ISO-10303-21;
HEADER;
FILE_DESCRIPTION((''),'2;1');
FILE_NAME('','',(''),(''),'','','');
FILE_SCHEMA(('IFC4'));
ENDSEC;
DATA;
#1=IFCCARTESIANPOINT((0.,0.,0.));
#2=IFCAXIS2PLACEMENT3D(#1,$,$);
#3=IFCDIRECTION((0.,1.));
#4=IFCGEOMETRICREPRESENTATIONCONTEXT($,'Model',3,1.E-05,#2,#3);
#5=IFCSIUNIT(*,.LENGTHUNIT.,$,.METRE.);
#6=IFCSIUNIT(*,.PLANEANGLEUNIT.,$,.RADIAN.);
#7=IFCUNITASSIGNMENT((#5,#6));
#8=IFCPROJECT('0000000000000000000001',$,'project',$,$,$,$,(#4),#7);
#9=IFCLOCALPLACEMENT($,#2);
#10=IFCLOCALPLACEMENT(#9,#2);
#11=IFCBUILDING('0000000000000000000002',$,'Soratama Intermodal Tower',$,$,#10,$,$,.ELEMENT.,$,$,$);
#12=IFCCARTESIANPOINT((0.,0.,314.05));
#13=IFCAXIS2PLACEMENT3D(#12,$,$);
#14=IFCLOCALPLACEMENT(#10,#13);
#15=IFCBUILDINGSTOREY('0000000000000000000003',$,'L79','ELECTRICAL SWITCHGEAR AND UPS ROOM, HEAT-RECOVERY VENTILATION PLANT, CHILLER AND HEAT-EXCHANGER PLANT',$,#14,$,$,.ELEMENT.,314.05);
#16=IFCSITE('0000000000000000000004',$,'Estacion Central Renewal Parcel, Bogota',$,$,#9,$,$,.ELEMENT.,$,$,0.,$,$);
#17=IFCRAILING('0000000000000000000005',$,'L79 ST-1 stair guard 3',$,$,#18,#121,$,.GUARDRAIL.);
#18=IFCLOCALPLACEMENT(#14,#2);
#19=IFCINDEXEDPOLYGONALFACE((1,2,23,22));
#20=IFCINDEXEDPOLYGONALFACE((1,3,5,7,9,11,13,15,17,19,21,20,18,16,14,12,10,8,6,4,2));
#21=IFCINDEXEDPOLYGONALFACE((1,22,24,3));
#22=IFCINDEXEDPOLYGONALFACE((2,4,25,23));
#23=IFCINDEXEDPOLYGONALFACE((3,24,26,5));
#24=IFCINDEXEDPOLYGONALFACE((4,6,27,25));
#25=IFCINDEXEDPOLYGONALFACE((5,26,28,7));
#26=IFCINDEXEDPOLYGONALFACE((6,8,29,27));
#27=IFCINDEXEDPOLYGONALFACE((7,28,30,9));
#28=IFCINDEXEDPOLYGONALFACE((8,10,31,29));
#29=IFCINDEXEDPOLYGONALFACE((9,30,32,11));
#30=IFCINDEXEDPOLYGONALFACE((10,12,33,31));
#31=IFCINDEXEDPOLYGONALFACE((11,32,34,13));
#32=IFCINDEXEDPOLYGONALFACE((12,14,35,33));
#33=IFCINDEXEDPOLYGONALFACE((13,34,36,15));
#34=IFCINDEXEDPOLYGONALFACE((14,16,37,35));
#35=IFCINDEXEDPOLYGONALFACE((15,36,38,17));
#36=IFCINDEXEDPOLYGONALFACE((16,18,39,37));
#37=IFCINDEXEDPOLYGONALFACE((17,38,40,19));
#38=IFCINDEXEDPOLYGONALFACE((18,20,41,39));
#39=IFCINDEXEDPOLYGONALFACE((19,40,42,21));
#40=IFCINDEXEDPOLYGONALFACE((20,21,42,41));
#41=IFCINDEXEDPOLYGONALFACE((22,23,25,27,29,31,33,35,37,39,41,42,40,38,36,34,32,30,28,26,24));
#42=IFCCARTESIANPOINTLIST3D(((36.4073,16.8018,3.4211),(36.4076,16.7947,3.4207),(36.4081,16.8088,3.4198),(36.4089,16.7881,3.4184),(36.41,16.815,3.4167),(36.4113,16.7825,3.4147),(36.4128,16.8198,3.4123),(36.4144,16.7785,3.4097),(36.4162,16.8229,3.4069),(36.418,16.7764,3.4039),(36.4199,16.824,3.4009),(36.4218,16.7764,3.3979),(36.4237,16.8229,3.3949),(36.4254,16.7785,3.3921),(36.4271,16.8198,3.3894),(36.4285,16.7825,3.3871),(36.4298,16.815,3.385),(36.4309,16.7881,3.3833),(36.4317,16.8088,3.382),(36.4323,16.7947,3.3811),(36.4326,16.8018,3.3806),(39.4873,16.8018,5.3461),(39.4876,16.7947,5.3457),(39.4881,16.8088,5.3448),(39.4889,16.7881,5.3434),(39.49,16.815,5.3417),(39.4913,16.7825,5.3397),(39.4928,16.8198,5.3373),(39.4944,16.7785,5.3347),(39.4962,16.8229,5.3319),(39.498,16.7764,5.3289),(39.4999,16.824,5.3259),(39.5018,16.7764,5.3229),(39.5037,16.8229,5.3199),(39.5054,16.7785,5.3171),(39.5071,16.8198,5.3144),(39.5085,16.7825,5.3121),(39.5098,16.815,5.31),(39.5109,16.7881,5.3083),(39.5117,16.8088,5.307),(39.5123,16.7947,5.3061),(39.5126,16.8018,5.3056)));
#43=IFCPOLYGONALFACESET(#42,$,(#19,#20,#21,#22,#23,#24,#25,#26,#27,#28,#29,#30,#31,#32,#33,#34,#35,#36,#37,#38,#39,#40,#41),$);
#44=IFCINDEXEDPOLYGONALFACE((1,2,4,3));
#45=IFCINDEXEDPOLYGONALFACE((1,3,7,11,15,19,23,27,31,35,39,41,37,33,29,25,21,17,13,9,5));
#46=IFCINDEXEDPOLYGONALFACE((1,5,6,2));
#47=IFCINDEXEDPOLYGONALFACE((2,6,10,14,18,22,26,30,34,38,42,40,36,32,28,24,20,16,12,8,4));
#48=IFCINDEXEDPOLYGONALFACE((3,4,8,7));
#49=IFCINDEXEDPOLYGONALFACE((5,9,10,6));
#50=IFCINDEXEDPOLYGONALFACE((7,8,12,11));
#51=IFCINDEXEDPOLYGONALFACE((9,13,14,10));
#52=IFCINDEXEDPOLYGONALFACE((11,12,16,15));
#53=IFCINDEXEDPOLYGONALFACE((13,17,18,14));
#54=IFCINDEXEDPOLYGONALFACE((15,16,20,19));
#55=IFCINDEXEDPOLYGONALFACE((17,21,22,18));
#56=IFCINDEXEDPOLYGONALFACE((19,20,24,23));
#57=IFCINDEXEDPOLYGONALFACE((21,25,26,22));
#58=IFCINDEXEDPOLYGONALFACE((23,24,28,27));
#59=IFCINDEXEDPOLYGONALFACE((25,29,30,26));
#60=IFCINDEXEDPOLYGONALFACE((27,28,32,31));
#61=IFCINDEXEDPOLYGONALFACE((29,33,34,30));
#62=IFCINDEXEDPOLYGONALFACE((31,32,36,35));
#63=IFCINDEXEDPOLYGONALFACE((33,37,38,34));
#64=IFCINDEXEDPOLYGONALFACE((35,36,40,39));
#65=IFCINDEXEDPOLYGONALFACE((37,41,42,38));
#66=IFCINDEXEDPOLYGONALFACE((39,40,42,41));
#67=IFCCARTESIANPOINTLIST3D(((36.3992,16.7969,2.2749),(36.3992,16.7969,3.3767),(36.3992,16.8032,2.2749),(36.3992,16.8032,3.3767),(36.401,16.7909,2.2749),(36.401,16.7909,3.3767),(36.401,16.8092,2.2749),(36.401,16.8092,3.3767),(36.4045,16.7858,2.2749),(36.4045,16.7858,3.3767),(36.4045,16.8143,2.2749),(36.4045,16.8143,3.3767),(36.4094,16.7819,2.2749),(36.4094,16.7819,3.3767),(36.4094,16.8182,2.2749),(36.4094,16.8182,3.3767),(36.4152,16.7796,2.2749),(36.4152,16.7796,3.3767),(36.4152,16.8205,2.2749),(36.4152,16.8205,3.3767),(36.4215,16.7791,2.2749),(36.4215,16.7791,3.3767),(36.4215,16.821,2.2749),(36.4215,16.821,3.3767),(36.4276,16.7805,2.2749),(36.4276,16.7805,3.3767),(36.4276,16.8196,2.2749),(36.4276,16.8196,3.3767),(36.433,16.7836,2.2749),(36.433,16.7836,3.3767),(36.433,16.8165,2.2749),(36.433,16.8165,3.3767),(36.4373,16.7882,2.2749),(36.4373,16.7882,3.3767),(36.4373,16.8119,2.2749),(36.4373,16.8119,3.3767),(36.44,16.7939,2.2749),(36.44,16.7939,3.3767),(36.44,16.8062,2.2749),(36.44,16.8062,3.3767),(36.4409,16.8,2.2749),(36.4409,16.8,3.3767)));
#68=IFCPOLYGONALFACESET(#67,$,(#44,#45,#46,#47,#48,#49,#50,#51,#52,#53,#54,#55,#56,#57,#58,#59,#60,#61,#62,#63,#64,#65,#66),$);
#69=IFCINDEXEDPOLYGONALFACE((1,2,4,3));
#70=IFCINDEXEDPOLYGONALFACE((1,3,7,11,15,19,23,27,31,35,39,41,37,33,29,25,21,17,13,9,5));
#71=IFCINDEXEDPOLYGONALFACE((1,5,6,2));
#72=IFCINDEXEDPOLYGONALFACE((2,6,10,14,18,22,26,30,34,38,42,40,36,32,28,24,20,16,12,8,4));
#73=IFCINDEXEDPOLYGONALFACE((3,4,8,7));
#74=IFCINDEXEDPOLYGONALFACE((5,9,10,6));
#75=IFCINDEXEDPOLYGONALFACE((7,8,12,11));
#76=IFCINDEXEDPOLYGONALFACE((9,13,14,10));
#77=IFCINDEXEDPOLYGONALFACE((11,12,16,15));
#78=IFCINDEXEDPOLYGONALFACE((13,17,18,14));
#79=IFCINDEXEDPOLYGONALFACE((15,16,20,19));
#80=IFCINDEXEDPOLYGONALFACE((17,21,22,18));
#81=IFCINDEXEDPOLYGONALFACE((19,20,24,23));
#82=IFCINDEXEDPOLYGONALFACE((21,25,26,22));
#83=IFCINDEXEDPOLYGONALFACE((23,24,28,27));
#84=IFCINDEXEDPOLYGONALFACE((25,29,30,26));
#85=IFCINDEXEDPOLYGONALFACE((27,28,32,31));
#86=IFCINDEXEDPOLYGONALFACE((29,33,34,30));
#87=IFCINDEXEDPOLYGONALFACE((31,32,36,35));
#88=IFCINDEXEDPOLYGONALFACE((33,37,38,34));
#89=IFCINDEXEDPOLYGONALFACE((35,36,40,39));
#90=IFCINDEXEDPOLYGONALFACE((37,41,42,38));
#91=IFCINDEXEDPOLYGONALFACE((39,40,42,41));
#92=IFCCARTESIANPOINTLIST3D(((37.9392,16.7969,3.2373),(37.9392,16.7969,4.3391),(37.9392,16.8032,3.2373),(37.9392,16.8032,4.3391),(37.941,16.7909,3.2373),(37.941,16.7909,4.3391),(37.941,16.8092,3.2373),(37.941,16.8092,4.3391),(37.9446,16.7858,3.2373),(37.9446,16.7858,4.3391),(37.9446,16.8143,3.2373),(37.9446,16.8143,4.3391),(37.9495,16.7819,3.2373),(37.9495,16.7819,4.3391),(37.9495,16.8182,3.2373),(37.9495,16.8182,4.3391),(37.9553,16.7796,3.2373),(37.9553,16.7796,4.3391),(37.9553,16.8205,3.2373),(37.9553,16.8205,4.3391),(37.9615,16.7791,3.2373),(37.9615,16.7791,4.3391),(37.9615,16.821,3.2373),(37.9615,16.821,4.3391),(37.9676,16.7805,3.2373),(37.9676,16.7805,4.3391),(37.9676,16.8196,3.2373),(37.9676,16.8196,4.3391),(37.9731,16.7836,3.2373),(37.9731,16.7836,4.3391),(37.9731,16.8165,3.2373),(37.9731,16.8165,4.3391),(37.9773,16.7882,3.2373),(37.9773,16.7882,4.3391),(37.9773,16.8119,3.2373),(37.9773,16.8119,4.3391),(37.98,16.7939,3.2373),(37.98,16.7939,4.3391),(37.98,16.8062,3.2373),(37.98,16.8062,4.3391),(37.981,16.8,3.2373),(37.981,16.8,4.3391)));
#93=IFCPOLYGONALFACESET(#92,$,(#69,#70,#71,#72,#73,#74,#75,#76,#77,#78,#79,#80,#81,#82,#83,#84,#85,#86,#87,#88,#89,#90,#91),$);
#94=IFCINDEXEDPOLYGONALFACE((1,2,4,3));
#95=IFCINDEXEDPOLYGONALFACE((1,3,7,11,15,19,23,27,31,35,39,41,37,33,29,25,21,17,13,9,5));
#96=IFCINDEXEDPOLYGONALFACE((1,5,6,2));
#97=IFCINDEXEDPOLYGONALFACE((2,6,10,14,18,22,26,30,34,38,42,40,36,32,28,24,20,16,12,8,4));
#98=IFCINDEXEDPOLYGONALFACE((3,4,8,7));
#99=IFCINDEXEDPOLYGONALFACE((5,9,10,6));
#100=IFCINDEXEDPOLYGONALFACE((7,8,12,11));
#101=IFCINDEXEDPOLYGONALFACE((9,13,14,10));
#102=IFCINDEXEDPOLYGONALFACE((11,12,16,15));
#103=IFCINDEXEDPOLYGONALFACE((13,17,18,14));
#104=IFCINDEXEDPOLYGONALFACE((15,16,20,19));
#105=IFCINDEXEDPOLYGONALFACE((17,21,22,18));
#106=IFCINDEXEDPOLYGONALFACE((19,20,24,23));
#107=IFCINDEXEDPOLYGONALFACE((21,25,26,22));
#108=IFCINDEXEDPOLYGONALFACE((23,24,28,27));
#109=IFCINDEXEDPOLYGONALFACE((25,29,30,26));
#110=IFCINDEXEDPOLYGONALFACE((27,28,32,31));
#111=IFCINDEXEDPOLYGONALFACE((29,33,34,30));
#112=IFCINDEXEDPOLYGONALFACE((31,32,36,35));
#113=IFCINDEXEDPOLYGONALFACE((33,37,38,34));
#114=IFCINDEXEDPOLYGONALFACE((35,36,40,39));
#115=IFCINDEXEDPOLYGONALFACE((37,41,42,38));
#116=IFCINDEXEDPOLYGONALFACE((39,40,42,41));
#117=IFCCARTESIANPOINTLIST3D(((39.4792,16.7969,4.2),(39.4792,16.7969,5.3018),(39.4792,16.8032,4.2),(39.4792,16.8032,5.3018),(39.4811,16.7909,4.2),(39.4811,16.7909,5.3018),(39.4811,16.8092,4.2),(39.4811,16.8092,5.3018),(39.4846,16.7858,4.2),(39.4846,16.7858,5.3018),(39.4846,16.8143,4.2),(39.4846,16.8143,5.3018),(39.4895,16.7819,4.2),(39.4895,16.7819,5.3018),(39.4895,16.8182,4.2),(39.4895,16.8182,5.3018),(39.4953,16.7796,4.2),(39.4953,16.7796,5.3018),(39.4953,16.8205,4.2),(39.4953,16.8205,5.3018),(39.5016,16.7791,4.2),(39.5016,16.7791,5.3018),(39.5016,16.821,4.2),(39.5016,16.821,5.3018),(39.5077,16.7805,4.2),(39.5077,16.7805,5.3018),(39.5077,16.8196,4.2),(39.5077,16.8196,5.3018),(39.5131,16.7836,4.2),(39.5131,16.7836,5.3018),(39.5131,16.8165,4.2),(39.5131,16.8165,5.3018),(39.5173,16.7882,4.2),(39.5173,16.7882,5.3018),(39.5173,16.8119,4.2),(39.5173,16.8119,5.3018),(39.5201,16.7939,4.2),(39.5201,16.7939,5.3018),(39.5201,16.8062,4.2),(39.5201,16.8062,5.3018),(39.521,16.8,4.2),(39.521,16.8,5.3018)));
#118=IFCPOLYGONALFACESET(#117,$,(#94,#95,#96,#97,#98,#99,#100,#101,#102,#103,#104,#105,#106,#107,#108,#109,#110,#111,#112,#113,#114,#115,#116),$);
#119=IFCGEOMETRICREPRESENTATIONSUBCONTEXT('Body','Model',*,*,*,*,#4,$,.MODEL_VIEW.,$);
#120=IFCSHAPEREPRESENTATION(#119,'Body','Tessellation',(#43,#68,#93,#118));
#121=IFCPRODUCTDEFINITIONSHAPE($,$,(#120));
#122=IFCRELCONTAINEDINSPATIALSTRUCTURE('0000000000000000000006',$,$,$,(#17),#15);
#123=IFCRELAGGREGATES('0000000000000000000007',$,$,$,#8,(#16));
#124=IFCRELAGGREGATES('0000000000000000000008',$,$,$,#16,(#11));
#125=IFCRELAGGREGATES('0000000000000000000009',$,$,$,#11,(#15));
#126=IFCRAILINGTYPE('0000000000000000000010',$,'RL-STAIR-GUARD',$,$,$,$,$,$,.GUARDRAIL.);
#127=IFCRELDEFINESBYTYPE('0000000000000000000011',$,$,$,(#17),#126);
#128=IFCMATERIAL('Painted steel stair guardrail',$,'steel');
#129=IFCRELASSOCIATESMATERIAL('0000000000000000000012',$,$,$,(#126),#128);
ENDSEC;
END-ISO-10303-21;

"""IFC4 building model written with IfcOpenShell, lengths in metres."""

from ifc_helpers import new_model, si_unit, direction, frame, origin, origin_2d, place, context, subcontext, project, spatial, circle, extrude, material, type_object, element, save


model = new_model("IFC4")

# Units and contexts
model_context = context("Model", 3, precision=1e-05, world=origin(), true_north=direction((0.0, 1.0)))
body_context = subcontext(model_context, "Body", "Model", "MODEL_VIEW")
ifc_project = project(units=[si_unit("LENGTHUNIT", "METRE"), si_unit("PLANEANGLEUNIT", "RADIAN")], contexts=[model_context])

# Site, building, storey
site_placement = place(None, origin())
site = spatial("IfcSite", under=ifc_project, at=site_placement, Name="Estacion Central Renewal Parcel, Bogota", CompositionType="ELEMENT", RefElevation=0.0)
building_placement = place(site_placement, origin())
building = spatial("IfcBuilding", under=site, at=building_placement, Name="Soratama Intermodal Tower", CompositionType="ELEMENT")
storey_placement = place(building_placement, frame((0.0, 0.0, 314.05)))
storey = spatial("IfcBuildingStorey", under=building, at=storey_placement, Name="L79", Description="ELECTRICAL SWITCHGEAR AND UPS ROOM, HEAT-RECOVERY VENTILATION PLANT, CHILLER AND HEAT-EXCHANGER PLANT", CompositionType="ELEMENT", Elevation=314.05)

# Railing
ifc_material_1 = material(Name="Painted steel stair guardrail", Category="steel")
railing_type_1 = type_object("IfcRailingType", Name="RL-STAIR-GUARD", PredefinedType="GUARDRAIL", material=ifc_material_1)
railing_1_placement = place(storey_placement, frame((36.4199, 16.8, 2.2749)))
element("IfcRailing", 1, at=railing_1_placement, inside=storey, type_object=railing_type_1, Name="L79 ST-1 stair guard 3", PredefinedType="GUARDRAIL", context=body_context, shape_type="SweptSolid", body=[
    extrude(circle(Radius=0.0239, at=origin_2d()), frame((0.0, 0.0, 1.126), z_axis=(0.847998, 0.0, 0.529999), x_axis=(0.0, 1.0, 0.0)), (0.0, 0.0, 1.0), 3.6321),
    extrude(circle(Radius=0.021, at=origin_2d()), origin(), (0.0, 0.0, 1.0), 1.1018),
    extrude(circle(Radius=0.021, at=origin_2d()), frame((1.54, 0.0, 0.9624)), (0.0, 0.0, 1.0), 1.1018),
    extrude(circle(Radius=0.021, at=origin_2d()), frame((3.0801, 0.0, 1.925)), (0.0, 0.0, 1.0), 1.1018),
])

save(model, "model.ifc")
